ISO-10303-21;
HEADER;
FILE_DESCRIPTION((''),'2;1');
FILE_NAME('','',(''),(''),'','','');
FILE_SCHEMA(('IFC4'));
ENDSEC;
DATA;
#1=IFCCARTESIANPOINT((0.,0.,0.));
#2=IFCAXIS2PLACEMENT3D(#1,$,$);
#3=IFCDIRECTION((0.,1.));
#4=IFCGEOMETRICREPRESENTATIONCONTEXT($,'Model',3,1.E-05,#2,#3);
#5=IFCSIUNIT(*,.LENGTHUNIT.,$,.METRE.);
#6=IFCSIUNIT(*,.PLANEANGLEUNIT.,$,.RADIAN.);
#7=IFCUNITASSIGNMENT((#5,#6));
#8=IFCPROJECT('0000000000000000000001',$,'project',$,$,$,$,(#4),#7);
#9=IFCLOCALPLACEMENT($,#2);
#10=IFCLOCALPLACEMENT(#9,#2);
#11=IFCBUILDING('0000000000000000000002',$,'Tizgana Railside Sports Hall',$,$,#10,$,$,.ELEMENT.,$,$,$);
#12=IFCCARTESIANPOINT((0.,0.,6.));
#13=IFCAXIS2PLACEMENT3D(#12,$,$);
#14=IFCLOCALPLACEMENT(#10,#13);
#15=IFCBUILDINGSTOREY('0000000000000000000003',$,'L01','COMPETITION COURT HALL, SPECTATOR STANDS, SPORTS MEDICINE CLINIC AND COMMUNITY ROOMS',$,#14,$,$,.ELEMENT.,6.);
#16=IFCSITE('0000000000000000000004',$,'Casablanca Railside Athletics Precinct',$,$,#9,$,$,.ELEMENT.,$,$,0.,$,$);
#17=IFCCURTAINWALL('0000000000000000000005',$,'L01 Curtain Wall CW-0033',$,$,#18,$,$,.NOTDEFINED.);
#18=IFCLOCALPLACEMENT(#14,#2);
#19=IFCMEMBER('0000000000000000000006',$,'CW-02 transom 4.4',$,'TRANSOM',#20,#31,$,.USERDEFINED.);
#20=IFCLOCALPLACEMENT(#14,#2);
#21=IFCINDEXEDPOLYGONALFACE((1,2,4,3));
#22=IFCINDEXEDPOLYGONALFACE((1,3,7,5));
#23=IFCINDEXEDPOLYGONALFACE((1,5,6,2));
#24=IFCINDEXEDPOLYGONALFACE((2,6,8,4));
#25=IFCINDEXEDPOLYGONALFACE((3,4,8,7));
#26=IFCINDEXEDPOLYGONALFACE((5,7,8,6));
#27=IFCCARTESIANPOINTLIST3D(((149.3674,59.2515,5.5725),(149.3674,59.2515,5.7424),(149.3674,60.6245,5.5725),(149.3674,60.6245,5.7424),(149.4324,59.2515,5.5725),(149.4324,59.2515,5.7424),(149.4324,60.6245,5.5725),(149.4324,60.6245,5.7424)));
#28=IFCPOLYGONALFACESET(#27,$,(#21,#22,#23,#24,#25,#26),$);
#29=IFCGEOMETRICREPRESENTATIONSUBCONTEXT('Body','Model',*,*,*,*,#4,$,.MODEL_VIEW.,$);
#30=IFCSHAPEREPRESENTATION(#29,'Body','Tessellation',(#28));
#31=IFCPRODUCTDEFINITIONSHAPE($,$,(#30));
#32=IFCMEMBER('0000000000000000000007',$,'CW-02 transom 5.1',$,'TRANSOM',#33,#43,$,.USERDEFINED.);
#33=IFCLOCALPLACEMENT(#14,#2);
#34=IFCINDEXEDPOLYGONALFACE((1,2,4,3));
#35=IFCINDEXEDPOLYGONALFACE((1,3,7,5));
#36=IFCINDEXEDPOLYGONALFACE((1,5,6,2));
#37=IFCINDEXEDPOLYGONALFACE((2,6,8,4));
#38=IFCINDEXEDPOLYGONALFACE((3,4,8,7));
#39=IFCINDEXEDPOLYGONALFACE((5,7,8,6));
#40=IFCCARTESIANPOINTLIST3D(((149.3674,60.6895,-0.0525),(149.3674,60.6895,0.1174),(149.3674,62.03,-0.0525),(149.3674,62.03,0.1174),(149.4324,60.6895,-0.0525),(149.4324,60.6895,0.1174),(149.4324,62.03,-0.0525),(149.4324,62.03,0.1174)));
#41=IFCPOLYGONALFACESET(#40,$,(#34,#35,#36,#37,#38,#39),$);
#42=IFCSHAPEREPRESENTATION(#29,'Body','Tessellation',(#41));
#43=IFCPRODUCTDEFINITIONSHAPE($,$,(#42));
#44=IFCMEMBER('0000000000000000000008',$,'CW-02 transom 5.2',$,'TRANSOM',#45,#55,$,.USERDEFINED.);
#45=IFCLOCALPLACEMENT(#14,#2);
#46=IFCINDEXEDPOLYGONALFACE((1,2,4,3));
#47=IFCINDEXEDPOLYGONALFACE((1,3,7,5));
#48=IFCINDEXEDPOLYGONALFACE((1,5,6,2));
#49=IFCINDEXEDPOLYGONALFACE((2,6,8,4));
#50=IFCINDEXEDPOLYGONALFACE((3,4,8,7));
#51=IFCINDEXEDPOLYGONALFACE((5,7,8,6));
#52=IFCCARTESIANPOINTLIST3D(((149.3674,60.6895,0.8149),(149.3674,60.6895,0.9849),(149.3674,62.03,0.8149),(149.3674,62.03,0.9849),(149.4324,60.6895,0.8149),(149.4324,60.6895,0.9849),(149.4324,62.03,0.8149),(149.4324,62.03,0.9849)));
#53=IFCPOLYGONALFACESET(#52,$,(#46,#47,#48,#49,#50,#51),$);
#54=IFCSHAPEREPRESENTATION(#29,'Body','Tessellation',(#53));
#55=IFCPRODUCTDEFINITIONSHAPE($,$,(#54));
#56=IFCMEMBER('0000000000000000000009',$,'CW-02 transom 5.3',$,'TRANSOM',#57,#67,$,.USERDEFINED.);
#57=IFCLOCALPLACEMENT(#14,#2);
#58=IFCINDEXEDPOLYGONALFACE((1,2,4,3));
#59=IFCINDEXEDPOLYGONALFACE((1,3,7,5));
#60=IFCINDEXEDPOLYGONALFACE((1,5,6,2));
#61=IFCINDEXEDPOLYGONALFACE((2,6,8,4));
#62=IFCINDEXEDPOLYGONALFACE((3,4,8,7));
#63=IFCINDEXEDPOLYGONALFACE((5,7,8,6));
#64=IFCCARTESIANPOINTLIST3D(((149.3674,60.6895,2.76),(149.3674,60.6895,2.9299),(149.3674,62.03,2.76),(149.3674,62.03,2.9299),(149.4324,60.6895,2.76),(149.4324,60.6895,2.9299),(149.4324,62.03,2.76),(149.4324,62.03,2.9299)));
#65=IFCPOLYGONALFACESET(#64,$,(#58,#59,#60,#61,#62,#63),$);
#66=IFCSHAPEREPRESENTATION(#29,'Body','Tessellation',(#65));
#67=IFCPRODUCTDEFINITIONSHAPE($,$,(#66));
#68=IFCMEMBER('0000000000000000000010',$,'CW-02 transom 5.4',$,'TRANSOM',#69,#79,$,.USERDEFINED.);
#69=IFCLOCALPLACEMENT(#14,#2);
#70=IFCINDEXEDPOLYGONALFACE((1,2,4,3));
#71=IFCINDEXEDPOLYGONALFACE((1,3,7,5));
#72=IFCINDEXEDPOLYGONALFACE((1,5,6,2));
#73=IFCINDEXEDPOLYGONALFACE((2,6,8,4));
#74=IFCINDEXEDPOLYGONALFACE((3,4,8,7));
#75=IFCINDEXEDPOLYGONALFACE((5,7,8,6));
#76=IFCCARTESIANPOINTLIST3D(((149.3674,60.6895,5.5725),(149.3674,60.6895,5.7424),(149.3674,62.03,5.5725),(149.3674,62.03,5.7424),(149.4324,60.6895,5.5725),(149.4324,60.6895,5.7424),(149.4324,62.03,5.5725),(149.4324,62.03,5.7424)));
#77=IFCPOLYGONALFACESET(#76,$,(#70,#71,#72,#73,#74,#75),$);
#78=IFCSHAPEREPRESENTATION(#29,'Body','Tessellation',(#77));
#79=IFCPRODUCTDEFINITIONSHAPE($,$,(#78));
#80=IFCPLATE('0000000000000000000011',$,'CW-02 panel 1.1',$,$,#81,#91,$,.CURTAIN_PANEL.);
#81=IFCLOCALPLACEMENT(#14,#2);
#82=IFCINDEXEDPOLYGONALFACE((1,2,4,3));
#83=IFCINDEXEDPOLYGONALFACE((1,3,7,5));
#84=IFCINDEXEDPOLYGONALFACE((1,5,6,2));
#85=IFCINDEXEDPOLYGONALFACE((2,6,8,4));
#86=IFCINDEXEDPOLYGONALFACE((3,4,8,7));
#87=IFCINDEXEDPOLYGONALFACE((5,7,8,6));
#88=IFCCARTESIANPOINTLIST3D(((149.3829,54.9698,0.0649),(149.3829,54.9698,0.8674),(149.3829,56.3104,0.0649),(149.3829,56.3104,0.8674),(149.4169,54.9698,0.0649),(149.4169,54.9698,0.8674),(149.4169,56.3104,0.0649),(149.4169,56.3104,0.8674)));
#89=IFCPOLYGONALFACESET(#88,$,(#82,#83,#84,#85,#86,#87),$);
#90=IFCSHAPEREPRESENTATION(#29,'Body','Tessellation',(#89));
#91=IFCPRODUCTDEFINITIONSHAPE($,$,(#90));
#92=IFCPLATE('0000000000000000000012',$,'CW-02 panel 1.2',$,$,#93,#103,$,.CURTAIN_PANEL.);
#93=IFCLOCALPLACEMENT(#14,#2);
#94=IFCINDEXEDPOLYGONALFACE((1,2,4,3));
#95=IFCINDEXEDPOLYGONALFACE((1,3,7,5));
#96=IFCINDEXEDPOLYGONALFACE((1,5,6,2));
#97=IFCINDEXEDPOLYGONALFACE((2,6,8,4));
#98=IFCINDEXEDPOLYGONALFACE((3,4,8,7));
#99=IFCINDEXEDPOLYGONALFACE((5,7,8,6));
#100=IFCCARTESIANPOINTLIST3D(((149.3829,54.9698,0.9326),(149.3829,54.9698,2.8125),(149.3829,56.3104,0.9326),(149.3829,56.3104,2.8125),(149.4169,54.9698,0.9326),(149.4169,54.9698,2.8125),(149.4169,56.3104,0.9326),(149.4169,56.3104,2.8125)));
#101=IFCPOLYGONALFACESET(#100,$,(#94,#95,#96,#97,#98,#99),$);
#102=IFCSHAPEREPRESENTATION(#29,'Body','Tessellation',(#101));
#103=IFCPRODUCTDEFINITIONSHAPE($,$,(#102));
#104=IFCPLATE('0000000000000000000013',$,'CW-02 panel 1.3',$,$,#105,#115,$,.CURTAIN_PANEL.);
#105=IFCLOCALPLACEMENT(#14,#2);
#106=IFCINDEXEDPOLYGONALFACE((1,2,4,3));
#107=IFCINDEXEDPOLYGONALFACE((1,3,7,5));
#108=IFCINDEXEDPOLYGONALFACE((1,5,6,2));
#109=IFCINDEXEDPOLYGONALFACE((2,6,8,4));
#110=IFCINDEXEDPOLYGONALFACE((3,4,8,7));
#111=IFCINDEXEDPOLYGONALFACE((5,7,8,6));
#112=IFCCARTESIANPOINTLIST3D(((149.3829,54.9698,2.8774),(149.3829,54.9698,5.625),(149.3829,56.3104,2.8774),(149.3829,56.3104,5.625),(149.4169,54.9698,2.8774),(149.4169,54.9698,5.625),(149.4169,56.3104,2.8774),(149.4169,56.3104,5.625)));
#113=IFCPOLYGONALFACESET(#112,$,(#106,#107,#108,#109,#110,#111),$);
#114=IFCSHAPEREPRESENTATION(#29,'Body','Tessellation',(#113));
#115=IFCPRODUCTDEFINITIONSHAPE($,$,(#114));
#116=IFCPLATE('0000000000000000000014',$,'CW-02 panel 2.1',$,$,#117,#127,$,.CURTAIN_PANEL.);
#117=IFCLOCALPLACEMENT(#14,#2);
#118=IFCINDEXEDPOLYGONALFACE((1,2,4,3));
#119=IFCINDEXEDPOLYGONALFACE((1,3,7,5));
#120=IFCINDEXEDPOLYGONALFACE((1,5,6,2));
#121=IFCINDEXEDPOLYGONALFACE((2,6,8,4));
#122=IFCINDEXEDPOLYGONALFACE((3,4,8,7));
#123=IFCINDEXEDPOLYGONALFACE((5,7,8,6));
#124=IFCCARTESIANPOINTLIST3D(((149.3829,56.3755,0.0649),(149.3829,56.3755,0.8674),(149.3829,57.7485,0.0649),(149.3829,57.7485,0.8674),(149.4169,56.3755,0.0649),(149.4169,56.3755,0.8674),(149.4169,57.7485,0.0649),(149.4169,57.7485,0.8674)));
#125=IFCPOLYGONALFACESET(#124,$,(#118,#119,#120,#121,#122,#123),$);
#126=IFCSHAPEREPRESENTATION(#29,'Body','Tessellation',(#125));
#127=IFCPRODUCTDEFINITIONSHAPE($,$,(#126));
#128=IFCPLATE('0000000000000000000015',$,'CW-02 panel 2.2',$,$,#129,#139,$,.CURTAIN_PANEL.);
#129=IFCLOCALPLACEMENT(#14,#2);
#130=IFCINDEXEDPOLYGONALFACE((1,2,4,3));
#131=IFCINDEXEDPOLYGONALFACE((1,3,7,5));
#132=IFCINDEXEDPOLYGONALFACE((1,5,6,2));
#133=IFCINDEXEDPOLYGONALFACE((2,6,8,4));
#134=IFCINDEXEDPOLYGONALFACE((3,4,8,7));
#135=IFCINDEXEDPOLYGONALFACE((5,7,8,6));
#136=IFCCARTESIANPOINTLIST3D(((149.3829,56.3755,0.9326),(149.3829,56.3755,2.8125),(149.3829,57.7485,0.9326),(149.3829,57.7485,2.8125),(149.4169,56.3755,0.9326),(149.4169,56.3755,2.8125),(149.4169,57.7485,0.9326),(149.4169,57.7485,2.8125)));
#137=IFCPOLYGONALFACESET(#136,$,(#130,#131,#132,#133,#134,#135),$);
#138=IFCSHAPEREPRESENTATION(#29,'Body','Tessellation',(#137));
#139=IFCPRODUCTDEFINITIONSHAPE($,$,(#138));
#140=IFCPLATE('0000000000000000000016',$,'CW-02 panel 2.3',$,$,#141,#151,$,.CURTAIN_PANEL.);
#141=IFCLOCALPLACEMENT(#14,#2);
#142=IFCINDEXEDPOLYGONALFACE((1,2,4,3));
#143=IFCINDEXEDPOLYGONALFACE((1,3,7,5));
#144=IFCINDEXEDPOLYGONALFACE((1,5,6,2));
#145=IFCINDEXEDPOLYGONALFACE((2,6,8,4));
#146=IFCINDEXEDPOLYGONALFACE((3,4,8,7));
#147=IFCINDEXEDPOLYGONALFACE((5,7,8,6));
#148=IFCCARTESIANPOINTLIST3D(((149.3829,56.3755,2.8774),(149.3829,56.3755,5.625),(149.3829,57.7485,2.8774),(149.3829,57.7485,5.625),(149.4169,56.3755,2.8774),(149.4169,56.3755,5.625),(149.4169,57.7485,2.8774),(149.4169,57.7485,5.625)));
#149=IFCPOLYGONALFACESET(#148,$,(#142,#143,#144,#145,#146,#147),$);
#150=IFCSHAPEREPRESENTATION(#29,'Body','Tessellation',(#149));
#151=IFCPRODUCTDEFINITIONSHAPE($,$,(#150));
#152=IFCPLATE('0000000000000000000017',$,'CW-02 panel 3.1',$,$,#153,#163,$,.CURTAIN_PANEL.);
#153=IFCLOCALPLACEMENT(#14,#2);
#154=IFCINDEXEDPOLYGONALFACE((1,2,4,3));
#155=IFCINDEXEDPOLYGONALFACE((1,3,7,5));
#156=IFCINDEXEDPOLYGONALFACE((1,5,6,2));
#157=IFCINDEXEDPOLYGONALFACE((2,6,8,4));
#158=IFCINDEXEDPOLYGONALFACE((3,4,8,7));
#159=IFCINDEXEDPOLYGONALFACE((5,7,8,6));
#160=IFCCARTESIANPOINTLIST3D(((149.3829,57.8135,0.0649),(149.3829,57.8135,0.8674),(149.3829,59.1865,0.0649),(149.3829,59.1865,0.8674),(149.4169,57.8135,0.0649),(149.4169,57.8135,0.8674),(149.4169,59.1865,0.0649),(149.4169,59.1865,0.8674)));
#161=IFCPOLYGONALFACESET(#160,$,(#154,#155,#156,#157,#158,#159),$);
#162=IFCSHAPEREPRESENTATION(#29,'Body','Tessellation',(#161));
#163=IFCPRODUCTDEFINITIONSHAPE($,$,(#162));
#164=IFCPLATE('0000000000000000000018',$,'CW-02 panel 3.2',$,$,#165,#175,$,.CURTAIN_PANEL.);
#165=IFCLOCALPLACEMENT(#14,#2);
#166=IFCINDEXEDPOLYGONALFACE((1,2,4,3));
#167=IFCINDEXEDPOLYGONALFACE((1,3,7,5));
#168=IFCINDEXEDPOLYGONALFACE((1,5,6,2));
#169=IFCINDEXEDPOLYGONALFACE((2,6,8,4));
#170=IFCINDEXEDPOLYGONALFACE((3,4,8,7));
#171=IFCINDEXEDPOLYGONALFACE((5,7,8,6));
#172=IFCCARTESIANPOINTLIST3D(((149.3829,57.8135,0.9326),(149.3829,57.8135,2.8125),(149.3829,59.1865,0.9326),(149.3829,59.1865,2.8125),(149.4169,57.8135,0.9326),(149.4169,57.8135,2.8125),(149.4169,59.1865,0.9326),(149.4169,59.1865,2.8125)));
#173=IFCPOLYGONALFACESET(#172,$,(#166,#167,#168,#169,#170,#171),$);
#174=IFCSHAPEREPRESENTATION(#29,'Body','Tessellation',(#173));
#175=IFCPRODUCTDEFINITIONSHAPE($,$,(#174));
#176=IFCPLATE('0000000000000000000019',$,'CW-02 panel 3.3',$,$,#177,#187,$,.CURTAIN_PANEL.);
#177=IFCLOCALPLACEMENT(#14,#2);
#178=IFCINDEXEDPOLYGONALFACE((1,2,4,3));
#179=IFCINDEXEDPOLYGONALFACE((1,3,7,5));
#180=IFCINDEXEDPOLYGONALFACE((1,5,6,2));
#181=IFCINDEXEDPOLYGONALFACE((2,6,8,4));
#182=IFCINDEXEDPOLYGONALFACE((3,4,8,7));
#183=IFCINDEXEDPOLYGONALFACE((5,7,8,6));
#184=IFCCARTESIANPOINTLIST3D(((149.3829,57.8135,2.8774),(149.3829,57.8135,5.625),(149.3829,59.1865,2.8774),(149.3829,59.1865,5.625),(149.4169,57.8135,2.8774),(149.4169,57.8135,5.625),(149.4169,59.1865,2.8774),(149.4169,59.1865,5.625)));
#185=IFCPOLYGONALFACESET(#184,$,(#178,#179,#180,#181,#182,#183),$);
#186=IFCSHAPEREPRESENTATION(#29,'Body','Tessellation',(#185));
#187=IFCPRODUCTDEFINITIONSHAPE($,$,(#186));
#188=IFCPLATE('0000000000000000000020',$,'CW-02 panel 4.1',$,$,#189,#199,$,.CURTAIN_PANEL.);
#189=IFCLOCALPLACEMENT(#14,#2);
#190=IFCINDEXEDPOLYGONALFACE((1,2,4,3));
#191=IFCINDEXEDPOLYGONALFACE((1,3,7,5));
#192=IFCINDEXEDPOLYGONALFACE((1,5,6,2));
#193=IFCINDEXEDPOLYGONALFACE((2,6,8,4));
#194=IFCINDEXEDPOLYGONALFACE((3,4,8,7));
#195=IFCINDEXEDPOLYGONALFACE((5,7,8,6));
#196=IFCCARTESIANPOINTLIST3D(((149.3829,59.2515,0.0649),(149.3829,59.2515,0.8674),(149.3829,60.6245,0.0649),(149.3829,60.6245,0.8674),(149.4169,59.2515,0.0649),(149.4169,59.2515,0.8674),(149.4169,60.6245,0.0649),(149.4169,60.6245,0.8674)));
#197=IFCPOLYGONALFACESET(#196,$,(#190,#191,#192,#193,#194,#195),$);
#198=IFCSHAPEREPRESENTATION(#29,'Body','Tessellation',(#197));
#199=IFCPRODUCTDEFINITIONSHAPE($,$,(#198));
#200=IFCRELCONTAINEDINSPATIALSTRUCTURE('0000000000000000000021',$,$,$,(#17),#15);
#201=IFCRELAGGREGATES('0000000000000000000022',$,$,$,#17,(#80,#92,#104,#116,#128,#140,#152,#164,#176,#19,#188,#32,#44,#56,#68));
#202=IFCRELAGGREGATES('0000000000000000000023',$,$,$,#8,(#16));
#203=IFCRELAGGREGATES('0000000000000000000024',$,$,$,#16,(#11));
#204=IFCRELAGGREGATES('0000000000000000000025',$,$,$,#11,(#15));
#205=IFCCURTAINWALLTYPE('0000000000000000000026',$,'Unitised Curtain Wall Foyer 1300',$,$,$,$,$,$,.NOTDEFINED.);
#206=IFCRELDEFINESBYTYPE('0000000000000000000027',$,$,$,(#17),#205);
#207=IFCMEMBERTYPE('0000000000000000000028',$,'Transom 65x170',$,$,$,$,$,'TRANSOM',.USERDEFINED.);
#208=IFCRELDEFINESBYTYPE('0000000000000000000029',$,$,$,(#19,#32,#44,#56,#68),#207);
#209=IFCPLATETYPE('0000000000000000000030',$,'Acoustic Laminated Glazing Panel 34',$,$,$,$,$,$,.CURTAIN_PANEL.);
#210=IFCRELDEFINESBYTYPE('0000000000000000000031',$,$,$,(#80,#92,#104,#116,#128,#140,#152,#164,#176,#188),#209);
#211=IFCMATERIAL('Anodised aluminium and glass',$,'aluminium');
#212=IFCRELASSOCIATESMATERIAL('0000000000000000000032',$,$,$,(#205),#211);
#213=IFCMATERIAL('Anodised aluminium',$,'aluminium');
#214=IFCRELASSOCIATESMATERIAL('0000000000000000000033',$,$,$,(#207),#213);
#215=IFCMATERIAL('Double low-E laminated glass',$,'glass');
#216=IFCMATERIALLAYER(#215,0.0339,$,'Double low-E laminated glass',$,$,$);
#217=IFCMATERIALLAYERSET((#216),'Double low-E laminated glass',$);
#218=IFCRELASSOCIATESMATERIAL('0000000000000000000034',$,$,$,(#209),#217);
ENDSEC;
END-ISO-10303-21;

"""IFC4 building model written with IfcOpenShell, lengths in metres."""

from ifc_helpers import new_model, si_unit, direction, frame, origin, origin_2d, place, context, subcontext, project, spatial, rectangle, extrude, material, layer, layer_set, material_profile, profile_set, type_object, element, aggregate, save


model = new_model("IFC4")

# Units and contexts
model_context = context("Model", 3, precision=1e-05, world=origin(), true_north=direction((0.0, 1.0)))
body_context = subcontext(model_context, "Body", "Model", "MODEL_VIEW")
ifc_project = project(units=[si_unit("LENGTHUNIT", "METRE"), si_unit("PLANEANGLEUNIT", "RADIAN")], contexts=[model_context])

# Site, building, storey
site_placement = place(None, origin())
site = spatial("IfcSite", under=ifc_project, at=site_placement, Name="Casablanca Railside Athletics Precinct", CompositionType="ELEMENT", RefElevation=0.0)
building_placement = place(site_placement, origin())
building = spatial("IfcBuilding", under=site, at=building_placement, Name="Tizgana Railside Sports Hall", CompositionType="ELEMENT")
storey_placement = place(building_placement, frame((0.0, 0.0, 6.0)))
storey = spatial("IfcBuildingStorey", under=building, at=storey_placement, Name="L01", Description="COMPETITION COURT HALL, SPECTATOR STANDS, SPORTS MEDICINE CLINIC AND COMMUNITY ROOMS", CompositionType="ELEMENT", Elevation=6.0)

# Curtain wall, members, plates
ifc_material_1 = material(Name="Anodised aluminium and glass", Category="aluminium")
curtain_wall_type = type_object("IfcCurtainWallType", Name="Unitised Curtain Wall Foyer 1300", PredefinedType="NOTDEFINED", material=ifc_material_1)
curtain_wall_placement = place(storey_placement, origin())
curtain_wall = element("IfcCurtainWall", 1, at=curtain_wall_placement, inside=storey, type_object=curtain_wall_type, Name="L01 Curtain Wall CW-0033", PredefinedType="NOTDEFINED")
ifc_material_2 = material(Name="Anodised aluminium", Category="aluminium")
ifc_material_profile_1 = material_profile(ifc_material_2, rectangle(XDim=0.0649, YDim=0.1699, at=origin_2d()), Name="Transom 65x170")
ifc_profile_set_1 = profile_set([ifc_material_profile_1], Name="Anodised aluminium")
member_type_1 = type_object("IfcMemberType", Name="Transom 65x170", ElementType="TRANSOM", PredefinedType="USERDEFINED", material=ifc_profile_set_1)
member_1_placement = place(storey_placement, frame((149.3999, 59.2515, 5.6575), z_axis=(0.0, 1.0, 0.0), x_axis=(-1.0, 0.0, 0.0)))
member_1 = element("IfcMember", 2, at=member_1_placement, type_object=member_type_1, Name="CW-02 transom 4.4", ObjectType="TRANSOM", PredefinedType="USERDEFINED", context=body_context, shape_type="SweptSolid", body=[
    extrude(rectangle(XDim=0.0649, YDim=0.1699, at=origin_2d()), origin(), (0.0, 0.0, 1.0), 1.373),
])
member_2_placement = place(storey_placement, frame((149.3999, 60.6895, 0.0325), z_axis=(0.0, 1.0, 0.0), x_axis=(-1.0, 0.0, 0.0)))
member_2 = element("IfcMember", 3, at=member_2_placement, type_object=member_type_1, Name="CW-02 transom 5.1", ObjectType="TRANSOM", PredefinedType="USERDEFINED", context=body_context, shape_type="SweptSolid", body=[
    extrude(rectangle(XDim=0.0649, YDim=0.1699, at=origin_2d()), origin(), (0.0, 0.0, 1.0), 1.3406),
])
member_3_placement = place(storey_placement, frame((149.3999, 60.6895, 0.8999), z_axis=(0.0, 1.0, 0.0), x_axis=(-1.0, 0.0, 0.0)))
member_3 = element("IfcMember", 4, at=member_3_placement, type_object=member_type_1, Name="CW-02 transom 5.2", ObjectType="TRANSOM", PredefinedType="USERDEFINED", context=body_context, shape_type="SweptSolid", body=[
    extrude(rectangle(XDim=0.0649, YDim=0.1699, at=origin_2d()), origin(), (0.0, 0.0, 1.0), 1.3406),
])
member_4_placement = place(storey_placement, frame((149.3999, 60.6895, 2.845), z_axis=(0.0, 1.0, 0.0), x_axis=(-1.0, 0.0, 0.0)))
member_4 = element("IfcMember", 5, at=member_4_placement, type_object=member_type_1, Name="CW-02 transom 5.3", ObjectType="TRANSOM", PredefinedType="USERDEFINED", context=body_context, shape_type="SweptSolid", body=[
    extrude(rectangle(XDim=0.0649, YDim=0.1699, at=origin_2d()), origin(), (0.0, 0.0, 1.0), 1.3406),
])
member_5_placement = place(storey_placement, frame((149.3999, 60.6895, 5.6575), z_axis=(0.0, 1.0, 0.0), x_axis=(-1.0, 0.0, 0.0)))
member_5 = element("IfcMember", 6, at=member_5_placement, type_object=member_type_1, Name="CW-02 transom 5.4", ObjectType="TRANSOM", PredefinedType="USERDEFINED", context=body_context, shape_type="SweptSolid", body=[
    extrude(rectangle(XDim=0.0649, YDim=0.1699, at=origin_2d()), origin(), (0.0, 0.0, 1.0), 1.3406),
])
ifc_material_3 = material(Name="Double low-E laminated glass", Category="glass")
ifc_layer = layer(ifc_material_3, 0.0339, Name="Double low-E laminated glass")
ifc_layer_set = layer_set([ifc_layer], Name="Double low-E laminated glass")
plate_type = type_object("IfcPlateType", Name="Acoustic Laminated Glazing Panel 34", PredefinedType="CURTAIN_PANEL", material=ifc_layer_set)
plate_1_placement = place(storey_placement, frame((149.3999, 55.6401, 0.0649), z_axis=(0.0, 0.0, 1.0), x_axis=(0.0, 1.0, 0.0)))
plate_1 = element("IfcPlate", 7, at=plate_1_placement, type_object=plate_type, Name="CW-02 panel 1.1", PredefinedType="CURTAIN_PANEL", context=body_context, shape_type="SweptSolid", body=[
    extrude(rectangle(XDim=1.3406, YDim=0.0339, at=origin_2d()), origin(), (0.0, 0.0, 1.0), 0.8025),
])
plate_2_placement = place(storey_placement, frame((149.3999, 55.6401, 0.9326), z_axis=(0.0, 0.0, 1.0), x_axis=(0.0, 1.0, 0.0)))
plate_2 = element("IfcPlate", 8, at=plate_2_placement, type_object=plate_type, Name="CW-02 panel 1.2", PredefinedType="CURTAIN_PANEL", context=body_context, shape_type="SweptSolid", body=[
    extrude(rectangle(XDim=1.3406, YDim=0.0339, at=origin_2d()), origin(), (0.0, 0.0, 1.0), 1.8799),
])
plate_3_placement = place(storey_placement, frame((149.3999, 55.6401, 2.8774), z_axis=(0.0, 0.0, 1.0), x_axis=(0.0, 1.0, 0.0)))
plate_3 = element("IfcPlate", 9, at=plate_3_placement, type_object=plate_type, Name="CW-02 panel 1.3", PredefinedType="CURTAIN_PANEL", context=body_context, shape_type="SweptSolid", body=[
    extrude(rectangle(XDim=1.3406, YDim=0.0339, at=origin_2d()), origin(), (0.0, 0.0, 1.0), 2.7476),
])
plate_4_placement = place(storey_placement, frame((149.3999, 57.062, 0.0649), z_axis=(0.0, 0.0, 1.0), x_axis=(0.0, 1.0, 0.0)))
plate_4 = element("IfcPlate", 10, at=plate_4_placement, type_object=plate_type, Name="CW-02 panel 2.1", PredefinedType="CURTAIN_PANEL", context=body_context, shape_type="SweptSolid", body=[
    extrude(rectangle(XDim=1.373, YDim=0.0339, at=origin_2d()), origin(), (0.0, 0.0, 1.0), 0.8025),
])
plate_5_placement = place(storey_placement, frame((149.3999, 57.062, 0.9326), z_axis=(0.0, 0.0, 1.0), x_axis=(0.0, 1.0, 0.0)))
plate_5 = element("IfcPlate", 11, at=plate_5_placement, type_object=plate_type, Name="CW-02 panel 2.2", PredefinedType="CURTAIN_PANEL", context=body_context, shape_type="SweptSolid", body=[
    extrude(rectangle(XDim=1.373, YDim=0.0339, at=origin_2d()), origin(), (0.0, 0.0, 1.0), 1.8799),
])
plate_6_placement = place(storey_placement, frame((149.3999, 57.062, 2.8774), z_axis=(0.0, 0.0, 1.0), x_axis=(0.0, 1.0, 0.0)))
plate_6 = element("IfcPlate", 12, at=plate_6_placement, type_object=plate_type, Name="CW-02 panel 2.3", PredefinedType="CURTAIN_PANEL", context=body_context, shape_type="SweptSolid", body=[
    extrude(rectangle(XDim=1.373, YDim=0.0339, at=origin_2d()), origin(), (0.0, 0.0, 1.0), 2.7476),
])
plate_7_placement = place(storey_placement, frame((149.3999, 58.5, 0.0649), z_axis=(0.0, 0.0, 1.0), x_axis=(0.0, 1.0, 0.0)))
plate_7 = element("IfcPlate", 13, at=plate_7_placement, type_object=plate_type, Name="CW-02 panel 3.1", PredefinedType="CURTAIN_PANEL", context=body_context, shape_type="SweptSolid", body=[
    extrude(rectangle(XDim=1.373, YDim=0.0339, at=origin_2d()), origin(), (0.0, 0.0, 1.0), 0.8025),
])
plate_8_placement = place(storey_placement, frame((149.3999, 58.5, 0.9326), z_axis=(0.0, 0.0, 1.0), x_axis=(0.0, 1.0, 0.0)))
plate_8 = element("IfcPlate", 14, at=plate_8_placement, type_object=plate_type, Name="CW-02 panel 3.2", PredefinedType="CURTAIN_PANEL", context=body_context, shape_type="SweptSolid", body=[
    extrude(rectangle(XDim=1.373, YDim=0.0339, at=origin_2d()), origin(), (0.0, 0.0, 1.0), 1.8799),
])
plate_9_placement = place(storey_placement, frame((149.3999, 58.5, 2.8774), z_axis=(0.0, 0.0, 1.0), x_axis=(0.0, 1.0, 0.0)))
plate_9 = element("IfcPlate", 15, at=plate_9_placement, type_object=plate_type, Name="CW-02 panel 3.3", PredefinedType="CURTAIN_PANEL", context=body_context, shape_type="SweptSolid", body=[
    extrude(rectangle(XDim=1.373, YDim=0.0339, at=origin_2d()), origin(), (0.0, 0.0, 1.0), 2.7476),
])
plate_10_placement = place(storey_placement, frame((149.3999, 59.938, 0.0649), z_axis=(0.0, 0.0, 1.0), x_axis=(0.0, 1.0, 0.0)))
plate_10 = element("IfcPlate", 16, at=plate_10_placement, type_object=plate_type, Name="CW-02 panel 4.1", PredefinedType="CURTAIN_PANEL", context=body_context, shape_type="SweptSolid", body=[
    extrude(rectangle(XDim=1.373, YDim=0.0339, at=origin_2d()), origin(), (0.0, 0.0, 1.0), 0.8025),
])
aggregate(curtain_wall, [plate_1, plate_2, plate_3, plate_4, plate_5, plate_6, plate_7, plate_8, plate_9, member_1, plate_10, member_2, member_3, member_4, member_5])

save(model, "model.ifc")
